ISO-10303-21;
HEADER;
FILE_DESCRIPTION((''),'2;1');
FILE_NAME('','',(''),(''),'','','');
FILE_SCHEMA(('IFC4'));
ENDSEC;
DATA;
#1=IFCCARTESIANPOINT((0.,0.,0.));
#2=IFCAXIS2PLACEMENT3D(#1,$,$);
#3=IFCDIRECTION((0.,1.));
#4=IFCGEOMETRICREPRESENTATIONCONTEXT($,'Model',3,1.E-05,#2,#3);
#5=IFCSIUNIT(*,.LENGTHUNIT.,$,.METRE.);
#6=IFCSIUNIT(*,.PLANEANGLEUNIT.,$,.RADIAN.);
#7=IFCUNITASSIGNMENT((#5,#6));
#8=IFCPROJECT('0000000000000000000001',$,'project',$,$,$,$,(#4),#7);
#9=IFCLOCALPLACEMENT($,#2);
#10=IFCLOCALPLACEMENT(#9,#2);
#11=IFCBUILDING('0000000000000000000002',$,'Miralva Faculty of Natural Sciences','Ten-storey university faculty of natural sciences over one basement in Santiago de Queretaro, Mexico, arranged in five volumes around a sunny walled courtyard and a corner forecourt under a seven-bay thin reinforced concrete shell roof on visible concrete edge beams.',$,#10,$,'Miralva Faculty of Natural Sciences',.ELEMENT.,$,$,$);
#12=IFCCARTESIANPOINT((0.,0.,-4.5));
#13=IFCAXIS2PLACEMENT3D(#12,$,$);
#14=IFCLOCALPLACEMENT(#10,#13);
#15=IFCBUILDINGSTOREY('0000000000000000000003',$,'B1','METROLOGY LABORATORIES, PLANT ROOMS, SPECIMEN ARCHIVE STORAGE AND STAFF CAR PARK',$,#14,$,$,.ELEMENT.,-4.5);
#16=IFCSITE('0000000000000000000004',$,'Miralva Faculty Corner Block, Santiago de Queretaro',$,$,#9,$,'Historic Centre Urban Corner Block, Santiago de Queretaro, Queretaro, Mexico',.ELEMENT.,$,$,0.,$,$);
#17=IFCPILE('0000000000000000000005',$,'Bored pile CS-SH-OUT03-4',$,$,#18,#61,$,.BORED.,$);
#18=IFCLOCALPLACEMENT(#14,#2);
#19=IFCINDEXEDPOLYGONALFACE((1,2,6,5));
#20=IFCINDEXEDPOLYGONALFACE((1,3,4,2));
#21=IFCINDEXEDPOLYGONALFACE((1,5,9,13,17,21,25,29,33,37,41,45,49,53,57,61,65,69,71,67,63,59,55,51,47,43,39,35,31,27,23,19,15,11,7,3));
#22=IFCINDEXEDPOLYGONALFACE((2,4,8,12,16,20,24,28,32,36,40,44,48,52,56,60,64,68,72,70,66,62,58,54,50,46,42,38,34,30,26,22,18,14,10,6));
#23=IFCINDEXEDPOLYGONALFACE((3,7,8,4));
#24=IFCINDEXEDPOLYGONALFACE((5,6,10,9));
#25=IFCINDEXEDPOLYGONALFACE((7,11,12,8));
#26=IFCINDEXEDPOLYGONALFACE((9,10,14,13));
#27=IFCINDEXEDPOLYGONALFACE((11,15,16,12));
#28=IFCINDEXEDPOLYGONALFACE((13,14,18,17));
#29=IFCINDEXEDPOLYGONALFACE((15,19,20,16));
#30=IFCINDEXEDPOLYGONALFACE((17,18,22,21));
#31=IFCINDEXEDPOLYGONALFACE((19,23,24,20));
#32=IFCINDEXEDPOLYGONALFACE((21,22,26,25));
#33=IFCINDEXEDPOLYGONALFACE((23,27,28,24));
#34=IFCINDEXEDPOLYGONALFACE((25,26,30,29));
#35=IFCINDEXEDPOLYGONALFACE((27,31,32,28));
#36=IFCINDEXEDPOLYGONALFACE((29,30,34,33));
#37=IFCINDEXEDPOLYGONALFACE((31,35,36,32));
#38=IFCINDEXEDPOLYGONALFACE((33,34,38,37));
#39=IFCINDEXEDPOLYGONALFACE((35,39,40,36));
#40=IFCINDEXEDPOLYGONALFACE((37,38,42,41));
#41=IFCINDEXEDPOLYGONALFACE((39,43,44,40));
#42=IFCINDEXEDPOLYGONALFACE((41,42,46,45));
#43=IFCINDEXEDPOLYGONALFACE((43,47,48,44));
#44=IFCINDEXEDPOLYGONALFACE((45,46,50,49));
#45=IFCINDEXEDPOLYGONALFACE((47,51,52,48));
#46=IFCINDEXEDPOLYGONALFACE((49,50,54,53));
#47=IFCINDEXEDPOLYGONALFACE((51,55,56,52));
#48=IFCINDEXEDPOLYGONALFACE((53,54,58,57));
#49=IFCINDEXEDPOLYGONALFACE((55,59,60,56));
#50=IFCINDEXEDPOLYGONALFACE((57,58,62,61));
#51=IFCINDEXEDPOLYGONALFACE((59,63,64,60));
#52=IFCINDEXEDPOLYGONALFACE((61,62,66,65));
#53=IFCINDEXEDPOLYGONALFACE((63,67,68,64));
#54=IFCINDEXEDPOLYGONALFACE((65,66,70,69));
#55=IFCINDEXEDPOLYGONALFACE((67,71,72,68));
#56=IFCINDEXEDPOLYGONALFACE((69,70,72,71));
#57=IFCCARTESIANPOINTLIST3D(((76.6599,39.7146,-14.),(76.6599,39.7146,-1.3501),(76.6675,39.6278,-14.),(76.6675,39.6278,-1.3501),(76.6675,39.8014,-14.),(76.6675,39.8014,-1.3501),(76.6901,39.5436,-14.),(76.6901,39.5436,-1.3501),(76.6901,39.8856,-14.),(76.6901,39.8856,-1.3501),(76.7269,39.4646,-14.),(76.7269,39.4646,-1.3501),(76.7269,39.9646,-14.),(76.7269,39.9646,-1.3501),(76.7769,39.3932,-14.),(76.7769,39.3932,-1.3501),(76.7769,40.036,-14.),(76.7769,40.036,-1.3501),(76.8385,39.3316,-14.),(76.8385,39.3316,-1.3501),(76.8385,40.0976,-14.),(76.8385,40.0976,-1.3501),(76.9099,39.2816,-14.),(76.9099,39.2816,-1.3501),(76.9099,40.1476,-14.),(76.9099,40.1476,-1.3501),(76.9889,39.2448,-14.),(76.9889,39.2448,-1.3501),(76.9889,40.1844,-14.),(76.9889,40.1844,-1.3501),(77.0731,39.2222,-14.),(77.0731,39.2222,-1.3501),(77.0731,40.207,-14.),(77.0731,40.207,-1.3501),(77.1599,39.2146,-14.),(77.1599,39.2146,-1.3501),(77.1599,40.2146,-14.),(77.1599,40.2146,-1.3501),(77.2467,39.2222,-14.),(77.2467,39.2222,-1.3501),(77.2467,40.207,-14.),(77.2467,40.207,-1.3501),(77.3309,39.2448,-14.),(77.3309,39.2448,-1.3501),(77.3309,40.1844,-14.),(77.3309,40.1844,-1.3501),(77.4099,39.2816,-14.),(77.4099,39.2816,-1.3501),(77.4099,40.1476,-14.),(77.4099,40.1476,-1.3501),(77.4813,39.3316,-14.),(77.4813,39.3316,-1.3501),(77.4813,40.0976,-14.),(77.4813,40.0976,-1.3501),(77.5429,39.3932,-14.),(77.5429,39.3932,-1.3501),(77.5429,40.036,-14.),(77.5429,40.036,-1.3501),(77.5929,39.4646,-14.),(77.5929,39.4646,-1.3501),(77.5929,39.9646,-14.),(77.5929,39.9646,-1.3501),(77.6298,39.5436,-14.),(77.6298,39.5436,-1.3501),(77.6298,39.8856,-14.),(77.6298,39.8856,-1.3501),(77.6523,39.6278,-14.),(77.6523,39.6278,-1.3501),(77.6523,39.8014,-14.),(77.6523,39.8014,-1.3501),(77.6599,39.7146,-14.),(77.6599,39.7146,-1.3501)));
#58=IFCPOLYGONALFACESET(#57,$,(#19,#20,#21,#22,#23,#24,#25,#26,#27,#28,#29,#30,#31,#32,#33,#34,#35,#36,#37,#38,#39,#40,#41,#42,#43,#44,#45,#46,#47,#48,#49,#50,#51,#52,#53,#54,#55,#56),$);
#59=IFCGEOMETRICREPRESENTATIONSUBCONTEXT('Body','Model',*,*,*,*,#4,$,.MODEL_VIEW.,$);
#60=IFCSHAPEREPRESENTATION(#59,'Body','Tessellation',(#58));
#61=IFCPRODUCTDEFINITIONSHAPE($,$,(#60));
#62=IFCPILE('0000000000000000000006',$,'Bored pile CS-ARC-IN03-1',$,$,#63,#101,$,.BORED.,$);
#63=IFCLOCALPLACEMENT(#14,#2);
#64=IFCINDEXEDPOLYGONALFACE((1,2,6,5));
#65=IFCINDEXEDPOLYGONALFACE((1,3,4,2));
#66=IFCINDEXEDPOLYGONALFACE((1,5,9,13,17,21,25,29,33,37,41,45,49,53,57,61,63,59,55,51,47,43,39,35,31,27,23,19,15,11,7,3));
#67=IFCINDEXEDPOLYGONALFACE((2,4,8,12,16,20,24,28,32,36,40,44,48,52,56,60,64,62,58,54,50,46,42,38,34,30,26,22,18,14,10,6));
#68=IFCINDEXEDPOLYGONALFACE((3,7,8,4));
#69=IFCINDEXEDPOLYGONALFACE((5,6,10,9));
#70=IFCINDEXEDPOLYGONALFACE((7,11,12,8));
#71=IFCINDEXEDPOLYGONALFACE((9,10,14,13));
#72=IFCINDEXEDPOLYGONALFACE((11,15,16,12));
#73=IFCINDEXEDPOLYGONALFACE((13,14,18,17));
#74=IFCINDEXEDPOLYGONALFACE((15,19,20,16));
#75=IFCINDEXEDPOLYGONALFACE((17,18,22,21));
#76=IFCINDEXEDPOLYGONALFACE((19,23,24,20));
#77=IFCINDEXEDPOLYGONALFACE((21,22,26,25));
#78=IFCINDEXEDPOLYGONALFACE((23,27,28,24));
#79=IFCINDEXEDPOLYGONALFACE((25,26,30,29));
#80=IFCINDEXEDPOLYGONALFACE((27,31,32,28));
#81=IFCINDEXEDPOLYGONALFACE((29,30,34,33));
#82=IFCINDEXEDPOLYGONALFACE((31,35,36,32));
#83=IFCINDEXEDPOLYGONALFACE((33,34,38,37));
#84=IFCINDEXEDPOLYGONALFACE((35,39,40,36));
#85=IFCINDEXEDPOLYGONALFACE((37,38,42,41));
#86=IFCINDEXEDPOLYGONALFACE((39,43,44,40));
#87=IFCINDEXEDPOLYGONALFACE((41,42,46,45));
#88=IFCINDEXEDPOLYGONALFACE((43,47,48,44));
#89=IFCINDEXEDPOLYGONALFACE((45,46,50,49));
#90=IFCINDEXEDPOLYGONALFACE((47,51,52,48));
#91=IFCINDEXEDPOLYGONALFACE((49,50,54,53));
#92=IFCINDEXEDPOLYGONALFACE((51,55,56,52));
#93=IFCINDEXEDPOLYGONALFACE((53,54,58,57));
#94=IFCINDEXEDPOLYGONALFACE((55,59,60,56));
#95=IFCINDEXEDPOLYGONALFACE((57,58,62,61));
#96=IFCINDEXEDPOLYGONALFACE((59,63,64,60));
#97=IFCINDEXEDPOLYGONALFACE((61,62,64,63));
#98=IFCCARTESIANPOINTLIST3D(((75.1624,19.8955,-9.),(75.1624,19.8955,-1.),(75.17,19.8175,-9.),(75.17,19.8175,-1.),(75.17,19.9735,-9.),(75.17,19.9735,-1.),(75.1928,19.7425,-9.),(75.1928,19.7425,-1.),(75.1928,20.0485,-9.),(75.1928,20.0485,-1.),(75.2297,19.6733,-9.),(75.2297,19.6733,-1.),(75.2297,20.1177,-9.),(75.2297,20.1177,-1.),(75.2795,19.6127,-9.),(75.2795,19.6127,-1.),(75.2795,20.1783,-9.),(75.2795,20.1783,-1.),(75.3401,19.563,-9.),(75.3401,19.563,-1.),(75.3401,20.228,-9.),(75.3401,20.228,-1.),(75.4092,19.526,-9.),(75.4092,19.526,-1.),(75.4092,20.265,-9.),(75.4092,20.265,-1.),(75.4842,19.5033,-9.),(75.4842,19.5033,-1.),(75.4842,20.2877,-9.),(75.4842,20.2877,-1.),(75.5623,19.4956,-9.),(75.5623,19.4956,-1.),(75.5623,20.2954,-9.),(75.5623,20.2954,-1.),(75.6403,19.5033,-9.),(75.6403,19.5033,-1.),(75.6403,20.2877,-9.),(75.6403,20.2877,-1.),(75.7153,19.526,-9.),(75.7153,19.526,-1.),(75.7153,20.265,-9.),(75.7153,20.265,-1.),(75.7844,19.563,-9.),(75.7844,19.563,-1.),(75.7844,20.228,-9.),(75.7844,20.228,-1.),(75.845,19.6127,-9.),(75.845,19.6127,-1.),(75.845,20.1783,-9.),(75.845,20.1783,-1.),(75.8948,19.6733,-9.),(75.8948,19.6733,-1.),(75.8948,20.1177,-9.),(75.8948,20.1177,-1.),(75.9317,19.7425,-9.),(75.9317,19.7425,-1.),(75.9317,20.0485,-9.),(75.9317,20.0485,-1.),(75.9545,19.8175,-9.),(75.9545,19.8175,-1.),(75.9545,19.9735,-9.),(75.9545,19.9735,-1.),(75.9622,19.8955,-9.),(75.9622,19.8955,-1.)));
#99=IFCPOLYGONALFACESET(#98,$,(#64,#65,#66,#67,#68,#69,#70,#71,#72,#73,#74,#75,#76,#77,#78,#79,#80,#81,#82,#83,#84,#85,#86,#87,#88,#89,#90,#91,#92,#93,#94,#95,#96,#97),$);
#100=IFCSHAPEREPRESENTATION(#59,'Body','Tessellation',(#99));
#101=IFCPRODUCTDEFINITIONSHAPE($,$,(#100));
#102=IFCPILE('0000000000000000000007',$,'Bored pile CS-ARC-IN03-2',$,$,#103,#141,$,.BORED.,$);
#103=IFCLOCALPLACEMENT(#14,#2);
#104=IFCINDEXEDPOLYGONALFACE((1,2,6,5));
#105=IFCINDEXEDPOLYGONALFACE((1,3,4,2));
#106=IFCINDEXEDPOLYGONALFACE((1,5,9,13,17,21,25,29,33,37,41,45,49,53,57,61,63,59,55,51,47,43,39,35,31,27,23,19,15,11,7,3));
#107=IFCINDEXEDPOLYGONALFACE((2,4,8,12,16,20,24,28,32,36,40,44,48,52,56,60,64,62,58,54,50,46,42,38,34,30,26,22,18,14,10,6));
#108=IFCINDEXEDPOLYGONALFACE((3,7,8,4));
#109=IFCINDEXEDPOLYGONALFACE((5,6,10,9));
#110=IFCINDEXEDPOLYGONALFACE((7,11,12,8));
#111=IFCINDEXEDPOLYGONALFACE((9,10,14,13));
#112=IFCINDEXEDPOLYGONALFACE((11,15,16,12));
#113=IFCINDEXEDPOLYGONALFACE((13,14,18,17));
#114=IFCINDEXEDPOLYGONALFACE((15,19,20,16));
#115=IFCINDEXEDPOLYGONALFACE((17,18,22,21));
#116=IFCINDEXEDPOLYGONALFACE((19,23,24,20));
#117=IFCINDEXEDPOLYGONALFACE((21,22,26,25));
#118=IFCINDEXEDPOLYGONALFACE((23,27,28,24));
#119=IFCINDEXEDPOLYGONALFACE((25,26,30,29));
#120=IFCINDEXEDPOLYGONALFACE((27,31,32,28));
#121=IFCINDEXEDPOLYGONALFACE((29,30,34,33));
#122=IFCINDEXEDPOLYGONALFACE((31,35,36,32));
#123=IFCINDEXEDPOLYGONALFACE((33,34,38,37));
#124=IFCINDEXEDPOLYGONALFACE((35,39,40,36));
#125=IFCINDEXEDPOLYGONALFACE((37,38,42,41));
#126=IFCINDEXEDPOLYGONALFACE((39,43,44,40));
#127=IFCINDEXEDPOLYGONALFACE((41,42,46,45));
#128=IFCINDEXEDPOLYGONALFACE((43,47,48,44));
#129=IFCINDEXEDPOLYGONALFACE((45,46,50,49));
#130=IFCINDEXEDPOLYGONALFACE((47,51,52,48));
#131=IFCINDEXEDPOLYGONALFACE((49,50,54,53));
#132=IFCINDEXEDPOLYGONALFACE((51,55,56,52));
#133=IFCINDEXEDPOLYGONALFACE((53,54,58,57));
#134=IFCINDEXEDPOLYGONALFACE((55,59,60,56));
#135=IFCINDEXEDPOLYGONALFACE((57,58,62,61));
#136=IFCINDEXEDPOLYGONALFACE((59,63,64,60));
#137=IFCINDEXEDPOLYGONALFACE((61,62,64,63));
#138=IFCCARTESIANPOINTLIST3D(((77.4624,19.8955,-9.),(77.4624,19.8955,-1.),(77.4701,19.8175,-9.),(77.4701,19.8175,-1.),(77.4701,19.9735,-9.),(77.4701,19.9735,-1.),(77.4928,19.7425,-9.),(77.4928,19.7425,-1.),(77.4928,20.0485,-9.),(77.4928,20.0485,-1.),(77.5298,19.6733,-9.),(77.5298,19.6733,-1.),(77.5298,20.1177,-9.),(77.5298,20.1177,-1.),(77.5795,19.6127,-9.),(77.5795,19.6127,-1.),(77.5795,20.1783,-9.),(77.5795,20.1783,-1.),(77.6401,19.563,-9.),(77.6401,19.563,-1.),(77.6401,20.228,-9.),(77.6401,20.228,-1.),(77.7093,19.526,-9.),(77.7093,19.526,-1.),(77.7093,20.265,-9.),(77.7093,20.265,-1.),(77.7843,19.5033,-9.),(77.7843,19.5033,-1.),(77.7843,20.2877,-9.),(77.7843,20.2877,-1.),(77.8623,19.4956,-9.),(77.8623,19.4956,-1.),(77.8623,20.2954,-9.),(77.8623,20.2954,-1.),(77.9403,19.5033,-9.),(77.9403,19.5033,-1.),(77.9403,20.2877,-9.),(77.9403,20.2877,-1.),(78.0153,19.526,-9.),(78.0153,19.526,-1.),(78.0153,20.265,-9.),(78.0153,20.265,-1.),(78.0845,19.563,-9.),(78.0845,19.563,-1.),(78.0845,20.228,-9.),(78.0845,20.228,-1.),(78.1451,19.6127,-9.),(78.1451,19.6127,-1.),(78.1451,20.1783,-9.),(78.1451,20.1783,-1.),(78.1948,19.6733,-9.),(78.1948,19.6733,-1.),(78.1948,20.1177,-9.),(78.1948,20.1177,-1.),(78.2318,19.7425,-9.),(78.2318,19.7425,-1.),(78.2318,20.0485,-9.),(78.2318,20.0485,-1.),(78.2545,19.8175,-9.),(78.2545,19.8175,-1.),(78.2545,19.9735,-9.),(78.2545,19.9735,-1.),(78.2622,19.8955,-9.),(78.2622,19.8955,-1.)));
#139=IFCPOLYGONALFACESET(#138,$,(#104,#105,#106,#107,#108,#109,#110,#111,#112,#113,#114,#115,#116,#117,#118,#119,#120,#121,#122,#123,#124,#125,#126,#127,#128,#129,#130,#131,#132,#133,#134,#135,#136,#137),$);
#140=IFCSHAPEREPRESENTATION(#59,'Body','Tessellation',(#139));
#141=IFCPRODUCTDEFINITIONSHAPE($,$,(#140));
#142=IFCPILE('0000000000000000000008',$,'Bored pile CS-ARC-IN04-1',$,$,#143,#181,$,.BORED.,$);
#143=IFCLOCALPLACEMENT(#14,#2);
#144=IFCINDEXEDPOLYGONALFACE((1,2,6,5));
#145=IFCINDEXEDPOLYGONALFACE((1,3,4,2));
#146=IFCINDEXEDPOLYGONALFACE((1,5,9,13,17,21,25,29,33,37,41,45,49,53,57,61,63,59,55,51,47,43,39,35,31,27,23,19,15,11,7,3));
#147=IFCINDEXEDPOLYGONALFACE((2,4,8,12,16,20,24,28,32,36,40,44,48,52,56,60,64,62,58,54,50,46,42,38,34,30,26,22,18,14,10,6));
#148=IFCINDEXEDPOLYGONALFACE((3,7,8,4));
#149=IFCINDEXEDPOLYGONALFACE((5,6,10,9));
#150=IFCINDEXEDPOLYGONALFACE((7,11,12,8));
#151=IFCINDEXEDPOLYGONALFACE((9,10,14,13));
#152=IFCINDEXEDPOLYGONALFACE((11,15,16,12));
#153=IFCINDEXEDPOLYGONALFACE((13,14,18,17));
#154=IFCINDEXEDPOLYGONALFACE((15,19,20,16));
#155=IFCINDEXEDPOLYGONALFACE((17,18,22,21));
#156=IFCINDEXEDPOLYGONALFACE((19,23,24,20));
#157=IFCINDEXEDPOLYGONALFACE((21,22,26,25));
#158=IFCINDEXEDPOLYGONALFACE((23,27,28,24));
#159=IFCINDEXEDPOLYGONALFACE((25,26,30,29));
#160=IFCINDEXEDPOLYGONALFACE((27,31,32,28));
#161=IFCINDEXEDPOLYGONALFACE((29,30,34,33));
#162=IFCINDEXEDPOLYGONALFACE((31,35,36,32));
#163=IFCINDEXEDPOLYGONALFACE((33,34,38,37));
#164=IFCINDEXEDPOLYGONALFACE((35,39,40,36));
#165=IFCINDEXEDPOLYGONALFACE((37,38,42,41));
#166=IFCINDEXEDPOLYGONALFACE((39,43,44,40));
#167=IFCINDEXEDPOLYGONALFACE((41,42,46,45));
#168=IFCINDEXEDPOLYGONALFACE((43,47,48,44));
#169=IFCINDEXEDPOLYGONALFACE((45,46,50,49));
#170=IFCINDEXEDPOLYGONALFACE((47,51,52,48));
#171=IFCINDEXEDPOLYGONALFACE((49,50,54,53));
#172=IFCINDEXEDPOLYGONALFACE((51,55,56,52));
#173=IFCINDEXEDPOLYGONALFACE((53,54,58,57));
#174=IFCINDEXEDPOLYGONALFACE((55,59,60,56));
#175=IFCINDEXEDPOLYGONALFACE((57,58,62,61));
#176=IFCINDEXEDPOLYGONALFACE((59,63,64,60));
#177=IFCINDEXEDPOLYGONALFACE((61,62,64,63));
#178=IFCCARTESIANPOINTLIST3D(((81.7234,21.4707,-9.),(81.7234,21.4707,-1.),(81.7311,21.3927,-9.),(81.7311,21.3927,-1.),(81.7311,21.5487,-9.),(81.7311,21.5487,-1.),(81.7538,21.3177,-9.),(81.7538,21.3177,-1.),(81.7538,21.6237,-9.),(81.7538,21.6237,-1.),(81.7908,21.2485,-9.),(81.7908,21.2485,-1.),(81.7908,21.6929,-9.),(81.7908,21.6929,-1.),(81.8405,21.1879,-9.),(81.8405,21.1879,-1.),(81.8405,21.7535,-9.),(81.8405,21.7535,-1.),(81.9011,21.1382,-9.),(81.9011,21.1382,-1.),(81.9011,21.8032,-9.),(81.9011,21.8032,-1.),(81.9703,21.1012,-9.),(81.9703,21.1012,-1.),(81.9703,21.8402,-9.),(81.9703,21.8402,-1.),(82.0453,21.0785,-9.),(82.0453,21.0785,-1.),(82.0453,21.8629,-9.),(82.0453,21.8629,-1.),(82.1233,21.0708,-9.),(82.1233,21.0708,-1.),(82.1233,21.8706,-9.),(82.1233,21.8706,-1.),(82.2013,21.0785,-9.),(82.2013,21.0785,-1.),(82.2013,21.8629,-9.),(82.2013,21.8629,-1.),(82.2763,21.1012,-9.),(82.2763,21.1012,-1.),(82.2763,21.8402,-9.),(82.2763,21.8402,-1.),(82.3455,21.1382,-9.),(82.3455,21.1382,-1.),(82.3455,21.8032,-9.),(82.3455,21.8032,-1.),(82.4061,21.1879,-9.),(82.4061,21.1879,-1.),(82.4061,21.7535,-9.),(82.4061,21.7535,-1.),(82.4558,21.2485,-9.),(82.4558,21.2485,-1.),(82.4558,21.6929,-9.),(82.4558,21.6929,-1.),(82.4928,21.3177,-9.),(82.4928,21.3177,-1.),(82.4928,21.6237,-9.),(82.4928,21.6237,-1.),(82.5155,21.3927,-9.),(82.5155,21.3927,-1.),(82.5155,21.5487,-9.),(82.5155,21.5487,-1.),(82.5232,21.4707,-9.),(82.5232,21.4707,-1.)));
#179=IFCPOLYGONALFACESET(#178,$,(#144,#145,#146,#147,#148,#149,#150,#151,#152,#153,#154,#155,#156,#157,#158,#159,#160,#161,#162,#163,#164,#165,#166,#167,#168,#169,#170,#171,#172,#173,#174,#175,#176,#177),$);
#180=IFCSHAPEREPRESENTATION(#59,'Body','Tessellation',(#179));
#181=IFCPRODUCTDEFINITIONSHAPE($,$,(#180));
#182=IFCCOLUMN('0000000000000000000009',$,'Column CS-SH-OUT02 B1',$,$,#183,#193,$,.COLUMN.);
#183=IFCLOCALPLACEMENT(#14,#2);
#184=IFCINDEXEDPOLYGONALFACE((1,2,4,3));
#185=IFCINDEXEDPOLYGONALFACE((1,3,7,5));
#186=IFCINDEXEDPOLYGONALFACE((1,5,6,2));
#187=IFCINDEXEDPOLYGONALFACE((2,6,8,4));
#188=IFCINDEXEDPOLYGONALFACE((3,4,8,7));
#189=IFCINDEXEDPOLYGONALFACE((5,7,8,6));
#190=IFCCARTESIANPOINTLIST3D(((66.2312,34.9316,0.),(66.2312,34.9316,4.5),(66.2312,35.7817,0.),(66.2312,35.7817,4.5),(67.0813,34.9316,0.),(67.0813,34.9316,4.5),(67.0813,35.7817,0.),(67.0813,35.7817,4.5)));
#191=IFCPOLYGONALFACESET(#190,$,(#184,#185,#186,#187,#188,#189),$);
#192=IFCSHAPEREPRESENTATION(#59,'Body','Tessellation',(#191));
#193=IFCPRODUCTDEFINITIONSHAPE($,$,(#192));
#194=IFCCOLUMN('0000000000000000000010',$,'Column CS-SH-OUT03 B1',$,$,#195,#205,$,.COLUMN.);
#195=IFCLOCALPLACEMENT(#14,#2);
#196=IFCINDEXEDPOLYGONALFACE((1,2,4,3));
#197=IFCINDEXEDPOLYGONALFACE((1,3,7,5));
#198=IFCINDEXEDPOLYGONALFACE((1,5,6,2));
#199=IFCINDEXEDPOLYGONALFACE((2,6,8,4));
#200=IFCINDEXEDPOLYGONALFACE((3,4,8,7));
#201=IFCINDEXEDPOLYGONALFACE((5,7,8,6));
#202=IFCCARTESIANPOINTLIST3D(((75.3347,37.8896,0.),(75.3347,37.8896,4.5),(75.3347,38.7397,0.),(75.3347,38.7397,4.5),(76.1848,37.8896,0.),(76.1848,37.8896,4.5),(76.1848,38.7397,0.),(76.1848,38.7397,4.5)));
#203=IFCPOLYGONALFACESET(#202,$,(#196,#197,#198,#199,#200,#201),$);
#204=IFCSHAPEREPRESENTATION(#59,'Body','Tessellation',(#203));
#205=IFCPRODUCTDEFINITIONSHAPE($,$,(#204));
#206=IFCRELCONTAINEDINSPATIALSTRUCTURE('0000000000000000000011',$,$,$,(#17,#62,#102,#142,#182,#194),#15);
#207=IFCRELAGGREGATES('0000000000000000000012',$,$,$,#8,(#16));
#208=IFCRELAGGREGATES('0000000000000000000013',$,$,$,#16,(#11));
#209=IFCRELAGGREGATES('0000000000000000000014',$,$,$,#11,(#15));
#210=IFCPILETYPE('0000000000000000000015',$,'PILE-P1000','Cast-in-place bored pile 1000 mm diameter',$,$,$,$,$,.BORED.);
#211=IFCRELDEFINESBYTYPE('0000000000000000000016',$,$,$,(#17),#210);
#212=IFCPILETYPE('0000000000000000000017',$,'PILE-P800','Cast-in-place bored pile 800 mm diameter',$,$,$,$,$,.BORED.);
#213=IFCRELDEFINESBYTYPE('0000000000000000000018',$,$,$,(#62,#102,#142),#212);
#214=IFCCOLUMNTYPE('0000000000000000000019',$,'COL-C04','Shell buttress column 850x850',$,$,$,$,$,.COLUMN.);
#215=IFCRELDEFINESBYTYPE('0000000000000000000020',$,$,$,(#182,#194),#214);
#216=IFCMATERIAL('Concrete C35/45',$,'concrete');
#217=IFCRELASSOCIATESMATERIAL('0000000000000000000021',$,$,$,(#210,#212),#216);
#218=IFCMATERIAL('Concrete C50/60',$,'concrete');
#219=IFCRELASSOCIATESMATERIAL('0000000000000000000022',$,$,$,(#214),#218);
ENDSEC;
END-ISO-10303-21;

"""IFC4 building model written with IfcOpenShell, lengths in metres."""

from ifc_helpers import new_model, si_unit, direction, frame, origin, origin_2d, place, context, subcontext, project, spatial, rectangle, circle, extrude, material, material_profile, profile_set, type_object, element, save


model = new_model("IFC4")

# Units and contexts
model_context = context("Model", 3, precision=1e-05, world=origin(), true_north=direction((0.0, 1.0)))
body_context = subcontext(model_context, "Body", "Model", "MODEL_VIEW")
ifc_project = project(units=[si_unit("LENGTHUNIT", "METRE"), si_unit("PLANEANGLEUNIT", "RADIAN")], contexts=[model_context])

# Site, building, storey
site_placement = place(None, origin())
site = spatial("IfcSite", under=ifc_project, at=site_placement, Name="Miralva Faculty Corner Block, Santiago de Queretaro", LongName="Historic Centre Urban Corner Block, Santiago de Queretaro, Queretaro, Mexico", CompositionType="ELEMENT", RefElevation=0.0)
building_placement = place(site_placement, origin())
building = spatial("IfcBuilding", under=site, at=building_placement, Name="Miralva Faculty of Natural Sciences", Description="Ten-storey university faculty of natural sciences over one basement in Santiago de Queretaro, Mexico, arranged in five volumes around a sunny walled courtyard and a corner forecourt under a seven-bay thin reinforced concrete shell roof on visible concrete edge beams.", LongName="Miralva Faculty of Natural Sciences", CompositionType="ELEMENT")
storey_placement = place(building_placement, frame((0.0, 0.0, -4.5)))
storey = spatial("IfcBuildingStorey", under=building, at=storey_placement, Name="B1", Description="METROLOGY LABORATORIES, PLANT ROOMS, SPECIMEN ARCHIVE STORAGE AND STAFF CAR PARK", CompositionType="ELEMENT", Elevation=-4.5)

# Shared definitions
ifc_material_1 = material(Name="Concrete C35/45", Category="concrete")

# Piles
ifc_material_profile_1 = material_profile(ifc_material_1, circle(Radius=0.5, at=origin_2d()), Name="BORED PILE 1000")
ifc_profile_set_1 = profile_set([ifc_material_profile_1], Name="Concrete C35/45")
pile_type_1 = type_object("IfcPileType", Name="PILE-P1000", Description="Cast-in-place bored pile 1000 mm diameter", PredefinedType="BORED", material=ifc_profile_set_1)
for number, where, z_axis, x_axis, name in (
    (1, (77.1599, 39.7146, -1.3501), (0.0, 0.0, -1.0), (1.0, 0.0, 0.0), "Bored pile CS-SH-OUT03-4"),
):
    element("IfcPile", number, at=place(storey_placement, frame(where, z_axis=z_axis, x_axis=x_axis)), inside=storey, type_object=pile_type_1, Name=name, PredefinedType="BORED", context=body_context, shape_type="SweptSolid", body=[
        extrude(circle(Radius=0.5, at=origin_2d()), origin(), (0.0, 0.0, 1.0), 12.6499),
    ])
ifc_material_profile_2 = material_profile(ifc_material_1, circle(Radius=0.3999, at=origin_2d()), Name="BORED PILE 800")
ifc_profile_set_2 = profile_set([ifc_material_profile_2], Name="Concrete C35/45")
pile_type_2 = type_object("IfcPileType", Name="PILE-P800", Description="Cast-in-place bored pile 800 mm diameter", PredefinedType="BORED", material=ifc_profile_set_2)
for number, where, z_axis, x_axis, name in (
    (2, (75.5623, 19.8955, -1.0), (0.0, 0.0, -1.0), (1.0, 0.0, 0.0), "Bored pile CS-ARC-IN03-1"),
    (3, (77.8623, 19.8955, -1.0), (0.0, 0.0, -1.0), (1.0, 0.0, 0.0), "Bored pile CS-ARC-IN03-2"),
    (4, (82.1233, 21.4707, -1.0), (0.0, 0.0, -1.0), (1.0, 0.0, 0.0), "Bored pile CS-ARC-IN04-1"),
):
    element("IfcPile", number, at=place(storey_placement, frame(where, z_axis=z_axis, x_axis=x_axis)), inside=storey, type_object=pile_type_2, Name=name, PredefinedType="BORED", context=body_context, shape_type="SweptSolid", body=[
        extrude(circle(Radius=0.3999, at=origin_2d()), origin(), (0.0, 0.0, 1.0), 8.0),
    ])

# Columns
ifc_material_2 = material(Name="Concrete C50/60", Category="concrete")
ifc_material_profile_3 = material_profile(ifc_material_2, rectangle(XDim=0.8501, YDim=0.8501, at=origin_2d()), Name="RC 850x850")
ifc_profile_set_3 = profile_set([ifc_material_profile_3], Name="Concrete C50/60")
column_type_1 = type_object("IfcColumnType", Name="COL-C04", Description="Shell buttress column 850x850", PredefinedType="COLUMN", material=ifc_profile_set_3)
for number, where, z_axis, x_axis, name in (
    (5, (66.6562, 35.3567, 0.0), (0.0, 0.0, 1.0), (1.0, 0.0, 0.0), "Column CS-SH-OUT02 B1"),
    (6, (75.7598, 38.3147, 0.0), (0.0, 0.0, 1.0), (1.0, 0.0, 0.0), "Column CS-SH-OUT03 B1"),
):
    element("IfcColumn", number, at=place(storey_placement, frame(where, z_axis=z_axis, x_axis=x_axis)), inside=storey, type_object=column_type_1, Name=name, PredefinedType="COLUMN", context=body_context, shape_type="SweptSolid", body=[
        extrude(rectangle(XDim=0.8501, YDim=0.8501, at=origin_2d()), origin(), (0.0, 0.0, 1.0), 4.5),
    ])

save(model, "model.ifc")
